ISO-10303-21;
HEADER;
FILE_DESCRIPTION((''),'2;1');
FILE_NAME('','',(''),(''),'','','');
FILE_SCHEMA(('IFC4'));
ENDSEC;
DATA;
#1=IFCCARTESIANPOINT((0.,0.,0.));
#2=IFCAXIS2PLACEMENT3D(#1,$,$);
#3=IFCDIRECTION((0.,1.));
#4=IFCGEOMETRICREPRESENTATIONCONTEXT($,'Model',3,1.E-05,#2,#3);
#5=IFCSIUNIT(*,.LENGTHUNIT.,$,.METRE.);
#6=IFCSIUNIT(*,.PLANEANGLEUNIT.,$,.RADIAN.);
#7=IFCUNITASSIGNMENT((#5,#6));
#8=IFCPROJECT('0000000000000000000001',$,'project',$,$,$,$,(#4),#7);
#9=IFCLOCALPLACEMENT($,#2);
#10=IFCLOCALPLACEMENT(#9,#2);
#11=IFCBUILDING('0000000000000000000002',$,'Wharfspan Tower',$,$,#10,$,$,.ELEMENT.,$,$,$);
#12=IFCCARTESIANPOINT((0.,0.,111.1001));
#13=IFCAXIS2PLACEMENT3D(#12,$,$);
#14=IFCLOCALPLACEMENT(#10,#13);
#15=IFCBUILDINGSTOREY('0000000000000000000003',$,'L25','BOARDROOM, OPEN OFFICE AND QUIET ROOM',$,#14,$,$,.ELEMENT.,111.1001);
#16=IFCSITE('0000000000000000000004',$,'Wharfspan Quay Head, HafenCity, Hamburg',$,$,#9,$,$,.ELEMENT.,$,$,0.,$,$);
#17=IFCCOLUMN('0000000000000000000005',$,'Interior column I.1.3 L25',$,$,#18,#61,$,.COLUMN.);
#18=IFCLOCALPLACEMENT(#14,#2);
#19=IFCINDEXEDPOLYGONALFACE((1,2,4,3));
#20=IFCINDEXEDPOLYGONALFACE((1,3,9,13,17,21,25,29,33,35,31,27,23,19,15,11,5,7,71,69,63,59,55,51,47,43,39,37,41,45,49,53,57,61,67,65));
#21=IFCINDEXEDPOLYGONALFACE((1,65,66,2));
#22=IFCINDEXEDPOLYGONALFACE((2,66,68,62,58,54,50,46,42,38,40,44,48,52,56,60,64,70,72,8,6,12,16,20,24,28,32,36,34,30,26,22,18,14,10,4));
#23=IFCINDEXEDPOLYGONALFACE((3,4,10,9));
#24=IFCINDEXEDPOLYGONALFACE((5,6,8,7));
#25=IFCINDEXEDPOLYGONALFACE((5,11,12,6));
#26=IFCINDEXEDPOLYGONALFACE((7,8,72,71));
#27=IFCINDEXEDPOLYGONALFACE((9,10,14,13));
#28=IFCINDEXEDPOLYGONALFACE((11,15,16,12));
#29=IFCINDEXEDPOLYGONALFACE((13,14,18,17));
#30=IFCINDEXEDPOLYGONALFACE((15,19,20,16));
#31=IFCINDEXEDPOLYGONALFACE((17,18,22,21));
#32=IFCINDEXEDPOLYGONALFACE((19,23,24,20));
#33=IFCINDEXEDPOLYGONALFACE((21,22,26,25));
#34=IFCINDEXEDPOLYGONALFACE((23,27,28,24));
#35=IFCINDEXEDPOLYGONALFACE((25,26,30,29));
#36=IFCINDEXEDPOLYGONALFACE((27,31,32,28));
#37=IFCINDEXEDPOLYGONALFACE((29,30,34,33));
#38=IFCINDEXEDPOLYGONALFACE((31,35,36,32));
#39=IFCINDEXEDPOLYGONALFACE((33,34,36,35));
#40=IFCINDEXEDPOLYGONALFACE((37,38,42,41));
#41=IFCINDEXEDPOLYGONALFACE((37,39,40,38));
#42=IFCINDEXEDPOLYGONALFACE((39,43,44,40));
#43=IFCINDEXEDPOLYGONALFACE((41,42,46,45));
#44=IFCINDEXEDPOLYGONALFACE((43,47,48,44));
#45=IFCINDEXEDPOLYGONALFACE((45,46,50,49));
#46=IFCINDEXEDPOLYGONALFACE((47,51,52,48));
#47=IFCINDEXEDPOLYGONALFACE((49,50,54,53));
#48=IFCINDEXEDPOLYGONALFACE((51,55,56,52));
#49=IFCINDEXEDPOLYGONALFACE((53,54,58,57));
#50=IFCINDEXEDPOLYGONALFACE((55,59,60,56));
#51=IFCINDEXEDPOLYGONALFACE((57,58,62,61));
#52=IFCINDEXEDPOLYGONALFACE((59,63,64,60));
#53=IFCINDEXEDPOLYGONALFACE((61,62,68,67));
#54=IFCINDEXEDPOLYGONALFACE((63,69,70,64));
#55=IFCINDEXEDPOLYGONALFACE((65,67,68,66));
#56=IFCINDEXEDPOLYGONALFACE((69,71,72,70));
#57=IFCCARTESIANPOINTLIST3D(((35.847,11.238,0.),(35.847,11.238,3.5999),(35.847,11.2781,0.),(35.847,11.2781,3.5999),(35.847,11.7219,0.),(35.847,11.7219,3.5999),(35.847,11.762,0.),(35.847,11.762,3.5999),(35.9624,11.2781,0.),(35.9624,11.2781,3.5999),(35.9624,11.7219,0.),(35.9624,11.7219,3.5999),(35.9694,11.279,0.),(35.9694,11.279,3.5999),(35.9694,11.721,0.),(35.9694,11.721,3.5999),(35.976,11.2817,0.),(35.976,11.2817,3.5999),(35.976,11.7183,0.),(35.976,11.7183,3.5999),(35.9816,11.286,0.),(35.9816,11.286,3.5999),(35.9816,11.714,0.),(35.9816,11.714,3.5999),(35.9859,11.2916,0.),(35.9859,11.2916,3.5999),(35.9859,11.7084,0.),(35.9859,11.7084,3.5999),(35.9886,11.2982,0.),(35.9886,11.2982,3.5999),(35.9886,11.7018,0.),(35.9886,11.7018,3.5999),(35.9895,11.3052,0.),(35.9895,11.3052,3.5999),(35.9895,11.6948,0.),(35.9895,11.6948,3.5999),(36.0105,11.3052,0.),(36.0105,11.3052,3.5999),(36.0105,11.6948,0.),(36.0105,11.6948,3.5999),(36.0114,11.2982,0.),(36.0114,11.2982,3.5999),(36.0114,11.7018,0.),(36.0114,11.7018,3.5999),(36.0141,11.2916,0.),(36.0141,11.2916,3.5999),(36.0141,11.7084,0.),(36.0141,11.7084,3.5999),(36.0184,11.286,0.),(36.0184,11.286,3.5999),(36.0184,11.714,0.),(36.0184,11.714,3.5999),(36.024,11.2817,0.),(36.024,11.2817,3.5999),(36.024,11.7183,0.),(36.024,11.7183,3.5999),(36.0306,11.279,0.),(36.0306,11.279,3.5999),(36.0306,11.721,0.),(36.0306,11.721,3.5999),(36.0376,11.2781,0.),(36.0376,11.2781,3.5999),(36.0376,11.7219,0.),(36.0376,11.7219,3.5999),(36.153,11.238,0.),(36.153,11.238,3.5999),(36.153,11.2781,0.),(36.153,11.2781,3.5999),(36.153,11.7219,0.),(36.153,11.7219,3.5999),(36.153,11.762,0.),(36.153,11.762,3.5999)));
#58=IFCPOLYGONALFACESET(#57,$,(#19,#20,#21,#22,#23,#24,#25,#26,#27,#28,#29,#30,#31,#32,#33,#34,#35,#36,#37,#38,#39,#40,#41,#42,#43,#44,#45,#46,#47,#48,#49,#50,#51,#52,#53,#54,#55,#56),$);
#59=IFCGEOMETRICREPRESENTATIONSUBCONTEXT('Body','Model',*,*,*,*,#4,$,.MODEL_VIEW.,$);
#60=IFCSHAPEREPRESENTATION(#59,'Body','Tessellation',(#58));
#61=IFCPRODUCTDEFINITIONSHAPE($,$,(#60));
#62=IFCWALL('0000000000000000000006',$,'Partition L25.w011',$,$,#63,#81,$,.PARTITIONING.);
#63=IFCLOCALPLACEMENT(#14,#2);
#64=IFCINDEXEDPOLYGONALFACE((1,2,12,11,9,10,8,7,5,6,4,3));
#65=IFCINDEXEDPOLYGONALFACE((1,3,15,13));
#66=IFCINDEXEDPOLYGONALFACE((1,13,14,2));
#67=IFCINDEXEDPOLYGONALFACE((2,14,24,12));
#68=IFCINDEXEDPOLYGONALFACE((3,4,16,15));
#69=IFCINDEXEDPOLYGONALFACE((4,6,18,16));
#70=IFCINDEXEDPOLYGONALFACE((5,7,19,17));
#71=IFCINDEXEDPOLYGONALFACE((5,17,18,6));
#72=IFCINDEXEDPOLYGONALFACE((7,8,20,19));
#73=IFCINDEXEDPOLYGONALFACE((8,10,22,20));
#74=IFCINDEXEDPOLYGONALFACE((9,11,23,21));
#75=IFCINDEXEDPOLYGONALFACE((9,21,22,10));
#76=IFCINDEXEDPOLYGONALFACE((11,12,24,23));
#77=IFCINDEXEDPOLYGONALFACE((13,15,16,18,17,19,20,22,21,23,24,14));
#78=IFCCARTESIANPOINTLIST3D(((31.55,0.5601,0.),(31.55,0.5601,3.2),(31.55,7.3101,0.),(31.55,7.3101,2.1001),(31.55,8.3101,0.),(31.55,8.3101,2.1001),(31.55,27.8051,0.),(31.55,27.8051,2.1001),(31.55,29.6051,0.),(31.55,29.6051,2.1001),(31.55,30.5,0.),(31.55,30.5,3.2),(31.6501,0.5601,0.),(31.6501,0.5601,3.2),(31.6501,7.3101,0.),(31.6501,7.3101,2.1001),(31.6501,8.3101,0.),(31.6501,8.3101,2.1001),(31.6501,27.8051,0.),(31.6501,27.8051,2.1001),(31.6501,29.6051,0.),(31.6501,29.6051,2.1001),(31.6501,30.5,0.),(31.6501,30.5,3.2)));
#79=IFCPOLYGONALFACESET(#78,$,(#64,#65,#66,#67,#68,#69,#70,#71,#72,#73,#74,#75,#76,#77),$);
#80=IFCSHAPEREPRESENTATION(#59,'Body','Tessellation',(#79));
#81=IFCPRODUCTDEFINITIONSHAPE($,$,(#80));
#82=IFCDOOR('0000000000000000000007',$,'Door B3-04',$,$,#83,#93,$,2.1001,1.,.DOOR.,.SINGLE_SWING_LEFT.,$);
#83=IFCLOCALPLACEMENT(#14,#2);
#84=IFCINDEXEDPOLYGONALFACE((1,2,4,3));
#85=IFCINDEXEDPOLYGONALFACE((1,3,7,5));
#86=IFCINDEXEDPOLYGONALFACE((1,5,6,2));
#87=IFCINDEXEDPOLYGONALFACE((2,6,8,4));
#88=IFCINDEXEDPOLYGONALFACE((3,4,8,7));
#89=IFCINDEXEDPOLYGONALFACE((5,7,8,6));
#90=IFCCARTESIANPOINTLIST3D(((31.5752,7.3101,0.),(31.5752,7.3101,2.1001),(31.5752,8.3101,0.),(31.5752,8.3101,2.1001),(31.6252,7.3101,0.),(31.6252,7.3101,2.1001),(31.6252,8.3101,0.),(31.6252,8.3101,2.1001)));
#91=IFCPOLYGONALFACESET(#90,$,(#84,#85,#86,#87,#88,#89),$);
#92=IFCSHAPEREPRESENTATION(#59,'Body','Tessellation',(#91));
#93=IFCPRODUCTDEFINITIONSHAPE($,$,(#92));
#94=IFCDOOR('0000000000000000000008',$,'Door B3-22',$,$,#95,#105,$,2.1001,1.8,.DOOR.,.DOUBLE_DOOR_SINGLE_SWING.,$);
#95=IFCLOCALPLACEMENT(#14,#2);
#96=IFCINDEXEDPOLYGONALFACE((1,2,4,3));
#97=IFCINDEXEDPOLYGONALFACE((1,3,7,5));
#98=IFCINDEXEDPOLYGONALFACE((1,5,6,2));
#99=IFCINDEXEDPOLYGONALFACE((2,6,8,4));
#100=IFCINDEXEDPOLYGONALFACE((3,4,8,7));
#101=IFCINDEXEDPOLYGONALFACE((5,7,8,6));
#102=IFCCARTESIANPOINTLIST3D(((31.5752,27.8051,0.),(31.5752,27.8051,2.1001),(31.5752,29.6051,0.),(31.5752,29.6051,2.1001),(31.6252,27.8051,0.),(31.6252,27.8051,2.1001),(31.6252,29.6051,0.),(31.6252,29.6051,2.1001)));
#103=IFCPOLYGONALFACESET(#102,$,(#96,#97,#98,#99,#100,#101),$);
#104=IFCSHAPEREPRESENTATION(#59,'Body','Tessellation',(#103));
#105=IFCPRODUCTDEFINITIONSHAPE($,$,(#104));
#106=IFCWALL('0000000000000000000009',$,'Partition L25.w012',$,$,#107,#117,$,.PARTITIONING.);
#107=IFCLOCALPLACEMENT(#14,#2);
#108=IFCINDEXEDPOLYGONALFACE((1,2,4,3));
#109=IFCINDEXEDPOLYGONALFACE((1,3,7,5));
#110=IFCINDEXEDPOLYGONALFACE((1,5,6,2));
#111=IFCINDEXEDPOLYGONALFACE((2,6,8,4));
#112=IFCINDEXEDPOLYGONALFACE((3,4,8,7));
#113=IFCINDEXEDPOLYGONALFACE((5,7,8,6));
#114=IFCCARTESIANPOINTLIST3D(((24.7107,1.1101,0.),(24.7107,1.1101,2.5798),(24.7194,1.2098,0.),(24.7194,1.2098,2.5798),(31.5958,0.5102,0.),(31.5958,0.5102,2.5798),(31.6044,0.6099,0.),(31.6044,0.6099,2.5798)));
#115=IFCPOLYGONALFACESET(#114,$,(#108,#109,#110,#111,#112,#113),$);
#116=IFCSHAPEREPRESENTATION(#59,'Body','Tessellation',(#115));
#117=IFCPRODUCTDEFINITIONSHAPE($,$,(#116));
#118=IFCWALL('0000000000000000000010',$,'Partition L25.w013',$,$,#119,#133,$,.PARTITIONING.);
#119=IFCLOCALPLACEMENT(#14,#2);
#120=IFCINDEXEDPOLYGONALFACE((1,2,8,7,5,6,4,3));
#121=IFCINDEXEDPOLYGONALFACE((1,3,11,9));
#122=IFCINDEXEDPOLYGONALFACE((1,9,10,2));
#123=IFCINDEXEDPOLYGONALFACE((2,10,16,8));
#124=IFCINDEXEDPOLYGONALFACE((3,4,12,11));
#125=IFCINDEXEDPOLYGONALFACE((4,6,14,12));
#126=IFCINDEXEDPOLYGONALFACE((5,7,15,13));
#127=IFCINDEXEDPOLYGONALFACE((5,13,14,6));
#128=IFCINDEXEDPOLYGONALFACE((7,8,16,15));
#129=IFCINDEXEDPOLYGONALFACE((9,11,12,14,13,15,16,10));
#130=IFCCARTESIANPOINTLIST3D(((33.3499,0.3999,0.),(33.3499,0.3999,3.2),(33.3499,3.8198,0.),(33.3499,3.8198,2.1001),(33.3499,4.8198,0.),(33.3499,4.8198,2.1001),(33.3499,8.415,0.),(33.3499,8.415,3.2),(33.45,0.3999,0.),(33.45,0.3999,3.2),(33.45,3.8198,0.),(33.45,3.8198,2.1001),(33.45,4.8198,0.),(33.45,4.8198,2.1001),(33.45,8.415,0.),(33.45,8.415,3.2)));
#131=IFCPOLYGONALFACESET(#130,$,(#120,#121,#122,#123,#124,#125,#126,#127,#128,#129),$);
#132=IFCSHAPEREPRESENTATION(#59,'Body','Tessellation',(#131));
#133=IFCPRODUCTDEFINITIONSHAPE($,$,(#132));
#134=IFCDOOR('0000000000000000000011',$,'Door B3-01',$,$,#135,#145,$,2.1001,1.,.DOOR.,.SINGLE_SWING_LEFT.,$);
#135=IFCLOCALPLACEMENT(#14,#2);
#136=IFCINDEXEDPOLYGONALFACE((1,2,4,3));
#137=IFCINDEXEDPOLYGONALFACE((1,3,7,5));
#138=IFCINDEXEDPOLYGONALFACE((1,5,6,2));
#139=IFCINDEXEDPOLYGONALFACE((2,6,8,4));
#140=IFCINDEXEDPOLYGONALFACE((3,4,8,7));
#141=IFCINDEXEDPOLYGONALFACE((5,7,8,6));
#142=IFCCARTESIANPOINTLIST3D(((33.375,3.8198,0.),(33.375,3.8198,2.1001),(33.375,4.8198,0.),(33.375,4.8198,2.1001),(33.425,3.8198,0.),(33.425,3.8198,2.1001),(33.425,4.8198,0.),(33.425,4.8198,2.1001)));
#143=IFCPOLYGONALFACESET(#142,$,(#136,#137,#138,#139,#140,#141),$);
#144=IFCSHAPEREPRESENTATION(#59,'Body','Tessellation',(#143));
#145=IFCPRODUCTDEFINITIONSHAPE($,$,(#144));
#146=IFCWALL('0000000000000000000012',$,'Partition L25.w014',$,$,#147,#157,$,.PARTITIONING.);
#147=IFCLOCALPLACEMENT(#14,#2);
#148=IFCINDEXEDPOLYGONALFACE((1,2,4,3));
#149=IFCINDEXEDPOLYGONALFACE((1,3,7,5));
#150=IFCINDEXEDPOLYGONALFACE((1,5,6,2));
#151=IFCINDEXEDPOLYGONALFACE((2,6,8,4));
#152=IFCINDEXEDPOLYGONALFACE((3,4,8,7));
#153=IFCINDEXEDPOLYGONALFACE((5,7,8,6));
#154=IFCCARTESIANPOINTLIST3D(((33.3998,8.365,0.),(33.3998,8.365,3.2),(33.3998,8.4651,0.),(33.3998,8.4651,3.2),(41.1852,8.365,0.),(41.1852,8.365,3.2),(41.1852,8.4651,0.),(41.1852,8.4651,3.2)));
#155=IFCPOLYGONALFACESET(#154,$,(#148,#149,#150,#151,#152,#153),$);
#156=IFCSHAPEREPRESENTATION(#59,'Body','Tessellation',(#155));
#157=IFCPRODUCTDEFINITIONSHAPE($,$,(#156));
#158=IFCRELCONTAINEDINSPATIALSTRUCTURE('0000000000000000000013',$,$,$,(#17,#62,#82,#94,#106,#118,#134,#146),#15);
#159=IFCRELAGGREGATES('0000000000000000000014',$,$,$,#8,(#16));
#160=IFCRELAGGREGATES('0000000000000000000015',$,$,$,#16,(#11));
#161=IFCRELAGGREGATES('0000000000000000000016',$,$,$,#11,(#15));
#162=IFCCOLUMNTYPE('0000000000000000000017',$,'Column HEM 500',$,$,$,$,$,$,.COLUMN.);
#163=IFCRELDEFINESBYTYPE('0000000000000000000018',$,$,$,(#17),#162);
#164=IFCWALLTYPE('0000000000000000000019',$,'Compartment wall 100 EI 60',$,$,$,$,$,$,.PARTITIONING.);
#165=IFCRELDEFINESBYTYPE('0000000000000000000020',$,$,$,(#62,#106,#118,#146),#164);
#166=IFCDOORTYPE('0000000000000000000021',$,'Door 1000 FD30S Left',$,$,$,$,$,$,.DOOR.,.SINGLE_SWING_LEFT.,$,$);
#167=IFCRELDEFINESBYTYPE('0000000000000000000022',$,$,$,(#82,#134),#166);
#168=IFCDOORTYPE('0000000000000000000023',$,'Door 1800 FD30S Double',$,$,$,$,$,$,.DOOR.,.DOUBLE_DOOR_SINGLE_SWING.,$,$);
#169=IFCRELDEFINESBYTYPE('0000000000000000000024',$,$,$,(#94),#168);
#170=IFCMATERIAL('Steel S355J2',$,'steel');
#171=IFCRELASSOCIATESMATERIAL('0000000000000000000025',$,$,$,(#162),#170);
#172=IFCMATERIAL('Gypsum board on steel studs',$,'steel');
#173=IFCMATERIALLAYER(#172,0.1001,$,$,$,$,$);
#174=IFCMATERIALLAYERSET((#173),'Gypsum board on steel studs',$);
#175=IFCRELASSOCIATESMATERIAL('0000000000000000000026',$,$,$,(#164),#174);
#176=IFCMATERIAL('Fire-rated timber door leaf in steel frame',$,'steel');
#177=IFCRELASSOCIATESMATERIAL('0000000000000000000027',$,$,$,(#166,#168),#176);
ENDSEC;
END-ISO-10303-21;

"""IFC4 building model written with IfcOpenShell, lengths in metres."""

from ifc_helpers import new_model, si_unit, direction, frame, frame_2d, origin, origin_2d, place, context, subcontext, project, spatial, rectangle, i_section, extrude, material, layer, layer_set, material_profile, profile_set, type_object, element, fill, save


model = new_model("IFC4")

# Units and contexts
model_context = context("Model", 3, precision=1e-05, world=origin(), true_north=direction((0.0, 1.0)))
body_context = subcontext(model_context, "Body", "Model", "MODEL_VIEW")
ifc_project = project(units=[si_unit("LENGTHUNIT", "METRE"), si_unit("PLANEANGLEUNIT", "RADIAN")], contexts=[model_context])

# Site, building, storey
site_placement = place(None, origin())
site = spatial("IfcSite", under=ifc_project, at=site_placement, Name="Wharfspan Quay Head, HafenCity, Hamburg", CompositionType="ELEMENT", RefElevation=0.0)
building_placement = place(site_placement, origin())
building = spatial("IfcBuilding", under=site, at=building_placement, Name="Wharfspan Tower", CompositionType="ELEMENT")
storey_placement = place(building_placement, frame((0.0, 0.0, 111.1001)))
storey = spatial("IfcBuildingStorey", under=building, at=storey_placement, Name="L25", Description="BOARDROOM, OPEN OFFICE AND QUIET ROOM", CompositionType="ELEMENT", Elevation=111.1001)

# Column
ifc_material_1 = material(Name="Steel S355J2", Category="steel")
ifc_material_profile = material_profile(ifc_material_1, i_section(OverallWidth=0.3059, OverallDepth=0.5239, WebThickness=0.021, FlangeThickness=0.04, FilletRadius=0.0271, at=origin_2d()))
ifc_profile_set = profile_set([ifc_material_profile], Name="Steel S355J2")
column_type = type_object("IfcColumnType", Name="Column HEM 500", PredefinedType="COLUMN", material=ifc_profile_set)
column_placement = place(storey_placement, frame((36.0, 11.5, 0.0), z_axis=(0.0, 0.0, 1.0), x_axis=(1.0, 0.0, 0.0)))
element("IfcColumn", 1, at=column_placement, inside=storey, type_object=column_type, Name="Interior column I.1.3 L25", PredefinedType="COLUMN", context=body_context, shape_type="SweptSolid", body=[
    extrude(i_section(OverallWidth=0.3059, OverallDepth=0.5239, WebThickness=0.021, FlangeThickness=0.04, FilletRadius=0.0271, at=origin_2d()), origin(), (0.0, 0.0, 1.0), 3.5999),
])

# Wall, openings, doors
ifc_material_2 = material(Name="Gypsum board on steel studs", Category="steel")
ifc_layer_1 = layer(ifc_material_2, 0.1001)
ifc_layer_set_1 = layer_set([ifc_layer_1], Name="Gypsum board on steel studs")
wall_type_1 = type_object("IfcWallType", Name="Compartment wall 100 EI 60", PredefinedType="PARTITIONING", material=ifc_layer_set_1)
wall_1_placement = place(storey_placement, frame((31.6001, 0.5601, 0.0), z_axis=(0.0, 0.0, 1.0), x_axis=(0.0, 1.0, 0.0)))
wall_1 = element("IfcWall", 2, at=wall_1_placement, inside=storey, type_object=wall_type_1, Name="Partition L25.w011", PredefinedType="PARTITIONING", context=body_context, shape_type="SweptSolid", body=[
    extrude(rectangle(XDim=29.9399, YDim=0.1001, at=frame_2d((14.97, 0.0))), origin(), (0.0, 0.0, 1.0), 3.2),
])
opening_1_placement = place(wall_1_placement, frame((6.75, 0.0, 0.0)))
opening_1 = element("IfcOpeningElement", 3, at=opening_1_placement, cuts=wall_1, PredefinedType="OPENING", context=body_context, shape_type="SweptSolid", body=[
    extrude(rectangle(XDim=1.0, YDim=2.1001, at=frame_2d((0.5, 1.05))), frame((0.0, 0.0601, 0.0), z_axis=(0.0, -1.0, 0.0), x_axis=(1.0, 0.0, 0.0)), (0.0, 0.0, 1.0), 0.1201),
])
opening_2_placement = place(wall_1_placement, frame((27.2451, 0.0, 0.0)))
opening_2 = element("IfcOpeningElement", 4, at=opening_2_placement, cuts=wall_1, PredefinedType="OPENING", context=body_context, shape_type="SweptSolid", body=[
    extrude(rectangle(XDim=1.8, YDim=2.1001, at=frame_2d((0.8999, 1.05))), frame((0.0, 0.0601, 0.0), z_axis=(0.0, -1.0, 0.0), x_axis=(1.0, 0.0, 0.0)), (0.0, 0.0, 1.0), 0.1201),
])
ifc_material_3 = material(Name="Fire-rated timber door leaf in steel frame", Category="steel")
door_type_1 = type_object("IfcDoorType", Name="Door 1000 FD30S Left", OperationType="SINGLE_SWING_LEFT", PredefinedType="DOOR", material=ifc_material_3)
door_1_placement = place(opening_1_placement, origin())
door_1 = element("IfcDoor", 5, at=door_1_placement, inside=storey, type_object=door_type_1, Name="Door B3-04", OperationType="SINGLE_SWING_LEFT", OverallHeight=2.1001, OverallWidth=1.0, PredefinedType="DOOR", context=body_context, shape_type="SweptSolid", body=[
    extrude(rectangle(XDim=1.0, YDim=2.1001, at=frame_2d((0.5, 1.05))), frame((0.0, 0.0249, 0.0), z_axis=(0.0, -1.0, 0.0), x_axis=(1.0, 0.0, 0.0)), (0.0, 0.0, 1.0), 0.05),
])
fill(opening_1, door_1)
door_type_2 = type_object("IfcDoorType", Name="Door 1800 FD30S Double", OperationType="DOUBLE_DOOR_SINGLE_SWING", PredefinedType="DOOR", material=ifc_material_3)
door_2_placement = place(opening_2_placement, origin())
door_2 = element("IfcDoor", 6, at=door_2_placement, inside=storey, type_object=door_type_2, Name="Door B3-22", OperationType="DOUBLE_DOOR_SINGLE_SWING", OverallHeight=2.1001, OverallWidth=1.8, PredefinedType="DOOR", context=body_context, shape_type="SweptSolid", body=[
    extrude(rectangle(XDim=1.8, YDim=2.1001, at=frame_2d((0.8999, 1.05))), frame((0.0, 0.0249, 0.0), z_axis=(0.0, -1.0, 0.0), x_axis=(1.0, 0.0, 0.0)), (0.0, 0.0, 1.0), 0.05),
])
fill(opening_2, door_2)

# Wall
wall_2_placement = place(storey_placement, frame((31.6001, 0.5601, 0.0), z_axis=(0.0, 0.0, 1.0), x_axis=(-0.996229, 0.086796, 0.0)))
element("IfcWall", 7, at=wall_2_placement, inside=storey, type_object=wall_type_1, Name="Partition L25.w012", PredefinedType="PARTITIONING", context=body_context, shape_type="SweptSolid", body=[
    extrude(rectangle(XDim=6.9111, YDim=0.1001, at=frame_2d((3.4556, 0.0))), origin(), (0.0, 0.0, 1.0), 2.5798),
])

# Wall, opening, door
wall_3_placement = place(storey_placement, frame((33.3999, 0.3999, 0.0), z_axis=(0.0, 0.0, 1.0), x_axis=(0.0, 1.0, 0.0)))
wall_3 = element("IfcWall", 8, at=wall_3_placement, inside=storey, type_object=wall_type_1, Name="Partition L25.w013", PredefinedType="PARTITIONING", context=body_context, shape_type="SweptSolid", body=[
    extrude(rectangle(XDim=8.0151, YDim=0.1001, at=frame_2d((4.0076, 0.0))), origin(), (0.0, 0.0, 1.0), 3.2),
])
opening_3_placement = place(wall_3_placement, frame((3.4199, 0.0, 0.0)))
opening_3 = element("IfcOpeningElement", 9, at=opening_3_placement, cuts=wall_3, PredefinedType="OPENING", context=body_context, shape_type="SweptSolid", body=[
    extrude(rectangle(XDim=1.0, YDim=2.1001, at=frame_2d((0.5, 1.05))), frame((0.0, 0.0601, 0.0), z_axis=(0.0, -1.0, 0.0), x_axis=(1.0, 0.0, 0.0)), (0.0, 0.0, 1.0), 0.1201),
])
door_3_placement = place(opening_3_placement, origin())
door_3 = element("IfcDoor", 10, at=door_3_placement, inside=storey, type_object=door_type_1, Name="Door B3-01", OperationType="SINGLE_SWING_LEFT", OverallHeight=2.1001, OverallWidth=1.0, PredefinedType="DOOR", context=body_context, shape_type="SweptSolid", body=[
    extrude(rectangle(XDim=1.0, YDim=2.1001, at=frame_2d((0.5, 1.05))), frame((0.0, 0.0249, 0.0), z_axis=(0.0, -1.0, 0.0), x_axis=(1.0, 0.0, 0.0)), (0.0, 0.0, 1.0), 0.05),
])
fill(opening_3, door_3)

# Wall
wall_4_placement = place(storey_placement, frame((33.3999, 8.415, 0.0), z_axis=(0.0, 0.0, 1.0), x_axis=(1.0, 0.0, 0.0)))
element("IfcWall", 11, at=wall_4_placement, inside=storey, type_object=wall_type_1, Name="Partition L25.w014", PredefinedType="PARTITIONING", context=body_context, shape_type="SweptSolid", body=[
    extrude(rectangle(XDim=7.7854, YDim=0.1001, at=frame_2d((3.8926, 0.0))), origin(), (0.0, 0.0, 1.0), 3.2),
])

save(model, "model.ifc")
